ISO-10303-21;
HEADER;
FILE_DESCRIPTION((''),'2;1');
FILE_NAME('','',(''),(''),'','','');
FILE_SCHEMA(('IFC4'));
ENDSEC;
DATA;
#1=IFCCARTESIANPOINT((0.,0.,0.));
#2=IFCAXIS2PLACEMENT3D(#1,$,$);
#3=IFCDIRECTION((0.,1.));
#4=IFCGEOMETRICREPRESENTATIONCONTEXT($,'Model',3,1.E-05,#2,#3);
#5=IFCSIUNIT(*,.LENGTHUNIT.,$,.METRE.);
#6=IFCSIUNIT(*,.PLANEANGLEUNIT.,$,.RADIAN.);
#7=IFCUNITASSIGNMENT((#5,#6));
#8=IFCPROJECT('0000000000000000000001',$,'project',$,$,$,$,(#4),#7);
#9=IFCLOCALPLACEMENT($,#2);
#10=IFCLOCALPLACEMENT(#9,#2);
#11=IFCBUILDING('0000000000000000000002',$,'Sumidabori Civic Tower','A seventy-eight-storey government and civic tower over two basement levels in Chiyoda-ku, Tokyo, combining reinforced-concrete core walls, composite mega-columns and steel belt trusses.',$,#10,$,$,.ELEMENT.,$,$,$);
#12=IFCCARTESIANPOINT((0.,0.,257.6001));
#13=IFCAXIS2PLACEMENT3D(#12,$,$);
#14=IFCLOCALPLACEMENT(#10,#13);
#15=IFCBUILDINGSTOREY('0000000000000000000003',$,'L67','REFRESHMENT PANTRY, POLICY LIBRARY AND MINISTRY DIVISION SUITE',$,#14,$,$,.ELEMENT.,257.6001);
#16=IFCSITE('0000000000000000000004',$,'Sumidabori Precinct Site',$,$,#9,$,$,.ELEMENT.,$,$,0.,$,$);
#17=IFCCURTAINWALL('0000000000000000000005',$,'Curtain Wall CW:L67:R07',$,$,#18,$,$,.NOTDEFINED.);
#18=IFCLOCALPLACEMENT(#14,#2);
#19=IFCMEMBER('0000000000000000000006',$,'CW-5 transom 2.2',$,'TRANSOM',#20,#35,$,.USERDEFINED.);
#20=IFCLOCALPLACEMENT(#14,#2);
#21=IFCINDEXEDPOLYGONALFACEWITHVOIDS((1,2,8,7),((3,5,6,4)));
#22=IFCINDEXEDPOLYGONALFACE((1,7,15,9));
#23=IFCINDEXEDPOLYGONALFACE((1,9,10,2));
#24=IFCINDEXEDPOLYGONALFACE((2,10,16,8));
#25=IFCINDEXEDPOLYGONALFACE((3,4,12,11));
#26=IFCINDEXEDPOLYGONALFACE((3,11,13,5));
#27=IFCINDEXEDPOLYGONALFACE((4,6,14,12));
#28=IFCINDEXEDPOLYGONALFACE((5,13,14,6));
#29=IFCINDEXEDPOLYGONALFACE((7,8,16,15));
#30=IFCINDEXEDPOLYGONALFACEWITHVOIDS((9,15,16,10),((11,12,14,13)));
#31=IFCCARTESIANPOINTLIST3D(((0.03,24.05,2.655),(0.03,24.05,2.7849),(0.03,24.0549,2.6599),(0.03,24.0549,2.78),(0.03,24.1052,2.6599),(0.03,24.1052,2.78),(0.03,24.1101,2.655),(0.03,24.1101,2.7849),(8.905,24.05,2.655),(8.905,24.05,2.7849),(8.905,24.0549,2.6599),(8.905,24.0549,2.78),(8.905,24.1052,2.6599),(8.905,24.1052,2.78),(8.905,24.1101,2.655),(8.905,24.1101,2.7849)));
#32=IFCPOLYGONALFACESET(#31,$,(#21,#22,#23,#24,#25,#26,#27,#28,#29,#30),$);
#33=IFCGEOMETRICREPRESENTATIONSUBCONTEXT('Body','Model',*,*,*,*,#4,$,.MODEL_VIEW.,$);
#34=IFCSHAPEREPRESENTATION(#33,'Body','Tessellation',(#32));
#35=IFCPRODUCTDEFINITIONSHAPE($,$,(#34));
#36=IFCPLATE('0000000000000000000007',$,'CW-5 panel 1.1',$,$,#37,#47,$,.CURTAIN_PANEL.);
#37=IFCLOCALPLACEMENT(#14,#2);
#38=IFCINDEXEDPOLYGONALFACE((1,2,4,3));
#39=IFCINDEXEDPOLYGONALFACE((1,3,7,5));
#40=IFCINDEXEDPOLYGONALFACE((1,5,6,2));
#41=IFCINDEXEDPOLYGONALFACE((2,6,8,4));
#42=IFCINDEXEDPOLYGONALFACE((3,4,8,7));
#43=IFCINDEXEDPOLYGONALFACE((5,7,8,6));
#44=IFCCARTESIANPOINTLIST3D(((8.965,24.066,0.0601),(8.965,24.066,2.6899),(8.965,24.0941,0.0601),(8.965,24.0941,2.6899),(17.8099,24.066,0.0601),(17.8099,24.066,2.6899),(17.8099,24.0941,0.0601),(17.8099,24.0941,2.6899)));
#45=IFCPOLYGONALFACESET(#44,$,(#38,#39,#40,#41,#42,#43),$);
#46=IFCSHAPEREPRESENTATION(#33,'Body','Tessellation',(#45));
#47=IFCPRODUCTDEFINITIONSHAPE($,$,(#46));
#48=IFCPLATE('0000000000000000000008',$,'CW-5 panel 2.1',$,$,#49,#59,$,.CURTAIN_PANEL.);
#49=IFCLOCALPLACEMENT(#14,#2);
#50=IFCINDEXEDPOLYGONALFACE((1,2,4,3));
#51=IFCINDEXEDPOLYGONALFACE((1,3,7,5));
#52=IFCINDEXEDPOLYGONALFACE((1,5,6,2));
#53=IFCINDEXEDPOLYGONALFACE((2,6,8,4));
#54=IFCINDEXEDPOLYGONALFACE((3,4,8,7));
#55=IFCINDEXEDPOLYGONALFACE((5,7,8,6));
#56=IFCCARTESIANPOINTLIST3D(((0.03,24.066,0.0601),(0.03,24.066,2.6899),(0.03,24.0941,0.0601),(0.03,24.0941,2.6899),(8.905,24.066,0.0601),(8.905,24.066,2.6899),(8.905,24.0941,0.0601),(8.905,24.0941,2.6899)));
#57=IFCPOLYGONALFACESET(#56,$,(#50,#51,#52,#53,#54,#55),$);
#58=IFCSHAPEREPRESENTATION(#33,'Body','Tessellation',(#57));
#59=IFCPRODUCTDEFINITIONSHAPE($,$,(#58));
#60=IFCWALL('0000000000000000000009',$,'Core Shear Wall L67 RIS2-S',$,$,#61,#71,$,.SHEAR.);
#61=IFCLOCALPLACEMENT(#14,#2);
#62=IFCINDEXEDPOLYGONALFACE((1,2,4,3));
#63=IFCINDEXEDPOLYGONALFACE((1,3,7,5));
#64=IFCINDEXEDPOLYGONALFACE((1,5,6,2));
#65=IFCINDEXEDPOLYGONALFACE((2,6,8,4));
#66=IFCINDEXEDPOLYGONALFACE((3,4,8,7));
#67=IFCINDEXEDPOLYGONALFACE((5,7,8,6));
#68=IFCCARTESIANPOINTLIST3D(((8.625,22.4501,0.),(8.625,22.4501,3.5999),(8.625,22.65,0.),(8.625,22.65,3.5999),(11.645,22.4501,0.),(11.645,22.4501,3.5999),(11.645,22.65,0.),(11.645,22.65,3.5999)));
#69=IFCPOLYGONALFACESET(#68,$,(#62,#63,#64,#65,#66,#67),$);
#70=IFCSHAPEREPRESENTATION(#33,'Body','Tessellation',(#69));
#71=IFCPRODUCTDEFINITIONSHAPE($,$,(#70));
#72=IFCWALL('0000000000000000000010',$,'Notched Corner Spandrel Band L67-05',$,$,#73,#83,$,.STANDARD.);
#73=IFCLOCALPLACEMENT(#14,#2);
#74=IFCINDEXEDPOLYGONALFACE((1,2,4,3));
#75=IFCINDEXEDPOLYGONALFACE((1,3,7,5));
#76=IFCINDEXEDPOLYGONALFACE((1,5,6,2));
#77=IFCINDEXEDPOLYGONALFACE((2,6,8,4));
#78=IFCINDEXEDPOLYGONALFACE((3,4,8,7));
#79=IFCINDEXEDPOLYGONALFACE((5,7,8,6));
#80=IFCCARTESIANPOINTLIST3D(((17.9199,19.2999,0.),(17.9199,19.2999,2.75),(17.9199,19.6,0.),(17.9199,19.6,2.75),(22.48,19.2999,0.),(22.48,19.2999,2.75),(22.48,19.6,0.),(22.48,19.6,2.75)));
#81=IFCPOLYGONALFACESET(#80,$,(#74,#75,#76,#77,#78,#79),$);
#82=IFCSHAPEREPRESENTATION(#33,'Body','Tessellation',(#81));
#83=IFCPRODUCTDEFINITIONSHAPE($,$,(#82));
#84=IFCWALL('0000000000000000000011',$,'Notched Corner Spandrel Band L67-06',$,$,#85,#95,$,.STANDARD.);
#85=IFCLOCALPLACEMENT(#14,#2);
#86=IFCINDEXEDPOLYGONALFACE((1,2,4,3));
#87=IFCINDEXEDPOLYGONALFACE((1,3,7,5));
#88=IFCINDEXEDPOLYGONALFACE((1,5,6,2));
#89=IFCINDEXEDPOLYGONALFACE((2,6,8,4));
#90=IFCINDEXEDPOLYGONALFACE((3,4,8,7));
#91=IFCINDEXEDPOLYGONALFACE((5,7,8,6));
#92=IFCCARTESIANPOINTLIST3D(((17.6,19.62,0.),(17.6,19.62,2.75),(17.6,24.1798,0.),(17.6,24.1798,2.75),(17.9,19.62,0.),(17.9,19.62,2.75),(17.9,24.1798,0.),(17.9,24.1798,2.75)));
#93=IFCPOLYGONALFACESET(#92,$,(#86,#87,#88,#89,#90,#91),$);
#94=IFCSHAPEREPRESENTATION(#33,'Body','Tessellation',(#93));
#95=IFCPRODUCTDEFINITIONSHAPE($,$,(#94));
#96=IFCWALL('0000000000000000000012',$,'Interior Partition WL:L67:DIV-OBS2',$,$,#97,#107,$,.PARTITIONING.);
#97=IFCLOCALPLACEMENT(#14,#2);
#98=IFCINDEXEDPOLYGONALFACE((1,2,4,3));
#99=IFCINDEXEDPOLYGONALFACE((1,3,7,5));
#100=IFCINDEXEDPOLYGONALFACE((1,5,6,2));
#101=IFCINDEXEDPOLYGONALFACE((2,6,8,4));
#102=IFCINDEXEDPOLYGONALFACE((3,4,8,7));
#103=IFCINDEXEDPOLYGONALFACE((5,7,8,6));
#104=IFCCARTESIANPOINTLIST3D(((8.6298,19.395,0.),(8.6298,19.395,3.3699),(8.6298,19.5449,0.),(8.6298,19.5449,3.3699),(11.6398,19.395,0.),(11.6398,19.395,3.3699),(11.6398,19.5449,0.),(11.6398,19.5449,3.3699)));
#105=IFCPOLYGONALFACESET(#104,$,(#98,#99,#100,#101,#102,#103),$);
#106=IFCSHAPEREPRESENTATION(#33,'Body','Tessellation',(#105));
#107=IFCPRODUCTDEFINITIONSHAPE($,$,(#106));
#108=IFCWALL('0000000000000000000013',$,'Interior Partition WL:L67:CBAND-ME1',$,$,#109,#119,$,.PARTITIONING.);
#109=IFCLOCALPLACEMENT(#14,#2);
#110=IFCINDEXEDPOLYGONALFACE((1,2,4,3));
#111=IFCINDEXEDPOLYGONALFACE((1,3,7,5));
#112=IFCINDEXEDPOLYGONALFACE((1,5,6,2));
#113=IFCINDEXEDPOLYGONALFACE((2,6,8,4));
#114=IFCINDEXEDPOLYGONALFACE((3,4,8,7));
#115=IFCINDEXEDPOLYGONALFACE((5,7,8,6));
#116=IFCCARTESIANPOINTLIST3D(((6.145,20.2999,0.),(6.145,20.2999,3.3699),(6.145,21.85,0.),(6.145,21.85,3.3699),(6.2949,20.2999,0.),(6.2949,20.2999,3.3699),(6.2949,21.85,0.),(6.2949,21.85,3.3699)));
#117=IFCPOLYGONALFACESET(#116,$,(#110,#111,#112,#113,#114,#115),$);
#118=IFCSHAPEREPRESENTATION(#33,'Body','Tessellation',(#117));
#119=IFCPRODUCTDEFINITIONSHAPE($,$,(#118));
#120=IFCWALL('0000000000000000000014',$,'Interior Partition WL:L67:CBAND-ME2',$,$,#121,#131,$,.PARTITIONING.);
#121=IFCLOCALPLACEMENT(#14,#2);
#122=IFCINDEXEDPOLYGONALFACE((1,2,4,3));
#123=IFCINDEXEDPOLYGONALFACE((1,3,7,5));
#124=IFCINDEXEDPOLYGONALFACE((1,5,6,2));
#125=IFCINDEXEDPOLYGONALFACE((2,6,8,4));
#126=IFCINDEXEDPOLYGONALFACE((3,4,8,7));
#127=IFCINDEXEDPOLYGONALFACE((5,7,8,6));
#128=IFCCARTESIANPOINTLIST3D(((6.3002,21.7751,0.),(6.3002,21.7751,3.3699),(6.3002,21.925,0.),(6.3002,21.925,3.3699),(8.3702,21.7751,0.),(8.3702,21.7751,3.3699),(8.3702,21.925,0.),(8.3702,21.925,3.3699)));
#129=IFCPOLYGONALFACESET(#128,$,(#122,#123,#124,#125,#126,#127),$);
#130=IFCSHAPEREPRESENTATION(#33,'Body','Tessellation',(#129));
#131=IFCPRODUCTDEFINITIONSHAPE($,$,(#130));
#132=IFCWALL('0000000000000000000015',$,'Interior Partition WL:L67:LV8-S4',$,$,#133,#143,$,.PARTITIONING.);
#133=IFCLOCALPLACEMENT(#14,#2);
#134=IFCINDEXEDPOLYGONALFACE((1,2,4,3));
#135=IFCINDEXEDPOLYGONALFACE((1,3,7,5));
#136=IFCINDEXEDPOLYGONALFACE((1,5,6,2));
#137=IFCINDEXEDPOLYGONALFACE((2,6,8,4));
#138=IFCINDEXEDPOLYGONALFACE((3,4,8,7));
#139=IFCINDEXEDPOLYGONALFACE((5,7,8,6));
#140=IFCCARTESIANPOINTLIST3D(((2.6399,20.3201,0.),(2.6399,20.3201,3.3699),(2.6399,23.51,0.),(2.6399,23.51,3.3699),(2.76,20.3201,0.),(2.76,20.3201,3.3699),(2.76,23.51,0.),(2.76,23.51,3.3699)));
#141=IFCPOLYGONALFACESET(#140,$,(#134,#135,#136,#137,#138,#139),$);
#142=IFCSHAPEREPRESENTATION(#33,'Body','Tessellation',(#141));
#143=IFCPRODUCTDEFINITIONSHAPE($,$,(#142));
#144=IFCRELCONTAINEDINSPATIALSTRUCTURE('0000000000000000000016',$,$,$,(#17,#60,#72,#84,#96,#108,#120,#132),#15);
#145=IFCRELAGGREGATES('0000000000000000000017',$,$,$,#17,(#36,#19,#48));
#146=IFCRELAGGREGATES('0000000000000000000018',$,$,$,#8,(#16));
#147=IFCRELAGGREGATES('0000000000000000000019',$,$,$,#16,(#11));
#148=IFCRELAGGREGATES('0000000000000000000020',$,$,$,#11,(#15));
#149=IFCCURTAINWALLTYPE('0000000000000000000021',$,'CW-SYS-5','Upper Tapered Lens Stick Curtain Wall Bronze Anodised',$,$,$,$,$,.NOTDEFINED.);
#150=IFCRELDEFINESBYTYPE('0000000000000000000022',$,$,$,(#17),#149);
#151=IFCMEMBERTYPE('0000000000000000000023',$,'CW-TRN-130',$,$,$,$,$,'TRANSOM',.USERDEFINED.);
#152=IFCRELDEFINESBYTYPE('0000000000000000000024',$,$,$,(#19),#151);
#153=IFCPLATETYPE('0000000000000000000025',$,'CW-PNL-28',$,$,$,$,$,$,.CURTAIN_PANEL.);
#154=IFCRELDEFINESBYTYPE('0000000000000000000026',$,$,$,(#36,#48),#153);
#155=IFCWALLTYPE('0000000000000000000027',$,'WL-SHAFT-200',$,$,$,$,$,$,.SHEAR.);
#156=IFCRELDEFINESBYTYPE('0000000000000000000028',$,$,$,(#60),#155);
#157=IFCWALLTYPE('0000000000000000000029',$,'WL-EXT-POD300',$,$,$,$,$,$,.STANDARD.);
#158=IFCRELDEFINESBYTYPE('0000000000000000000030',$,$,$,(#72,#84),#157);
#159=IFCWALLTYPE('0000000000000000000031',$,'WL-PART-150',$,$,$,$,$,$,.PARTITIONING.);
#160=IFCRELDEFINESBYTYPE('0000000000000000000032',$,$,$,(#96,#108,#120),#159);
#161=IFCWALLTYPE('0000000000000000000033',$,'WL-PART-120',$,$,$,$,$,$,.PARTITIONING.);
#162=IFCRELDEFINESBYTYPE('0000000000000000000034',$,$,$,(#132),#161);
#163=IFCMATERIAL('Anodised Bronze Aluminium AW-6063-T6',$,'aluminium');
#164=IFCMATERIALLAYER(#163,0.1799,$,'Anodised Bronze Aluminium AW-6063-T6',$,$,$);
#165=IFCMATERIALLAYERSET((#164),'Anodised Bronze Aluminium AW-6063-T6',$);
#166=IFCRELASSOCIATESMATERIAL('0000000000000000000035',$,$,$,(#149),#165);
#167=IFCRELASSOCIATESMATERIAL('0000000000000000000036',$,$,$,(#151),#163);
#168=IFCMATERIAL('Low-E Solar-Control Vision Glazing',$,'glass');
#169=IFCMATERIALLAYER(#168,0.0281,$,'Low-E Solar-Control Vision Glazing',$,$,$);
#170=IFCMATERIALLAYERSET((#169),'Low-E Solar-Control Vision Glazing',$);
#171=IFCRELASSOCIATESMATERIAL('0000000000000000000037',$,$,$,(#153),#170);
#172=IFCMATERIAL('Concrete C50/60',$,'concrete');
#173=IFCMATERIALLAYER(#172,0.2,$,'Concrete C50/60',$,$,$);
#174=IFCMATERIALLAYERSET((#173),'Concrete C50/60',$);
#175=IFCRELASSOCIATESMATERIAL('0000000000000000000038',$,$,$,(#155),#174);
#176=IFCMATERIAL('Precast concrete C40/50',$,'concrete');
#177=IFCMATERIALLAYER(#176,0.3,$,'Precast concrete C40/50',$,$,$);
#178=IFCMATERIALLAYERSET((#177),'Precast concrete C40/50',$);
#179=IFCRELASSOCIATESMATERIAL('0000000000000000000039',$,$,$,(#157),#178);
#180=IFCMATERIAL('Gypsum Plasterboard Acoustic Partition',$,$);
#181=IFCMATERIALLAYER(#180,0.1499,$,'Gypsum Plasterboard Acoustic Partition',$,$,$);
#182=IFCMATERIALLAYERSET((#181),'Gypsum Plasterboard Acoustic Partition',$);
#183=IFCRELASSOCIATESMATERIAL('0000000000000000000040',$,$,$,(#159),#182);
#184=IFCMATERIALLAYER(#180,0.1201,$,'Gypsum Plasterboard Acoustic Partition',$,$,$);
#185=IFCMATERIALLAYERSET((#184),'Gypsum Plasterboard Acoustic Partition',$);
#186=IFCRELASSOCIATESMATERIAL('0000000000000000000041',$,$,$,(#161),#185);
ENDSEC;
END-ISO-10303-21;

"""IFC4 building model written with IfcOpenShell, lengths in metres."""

from ifc_helpers import new_model, si_unit, direction, frame, frame_2d, origin, origin_2d, place, context, subcontext, project, spatial, rectangle, hollow_rectangle, extrude, source, transform, mapped, material, layer, layer_set, material_profile, profile_set, type_object, element, aggregate, save


model = new_model("IFC4")

# Units and contexts
model_context = context("Model", 3, precision=1e-05, world=origin(), true_north=direction((0.0, 1.0)))
body_context = subcontext(model_context, "Body", "Model", "MODEL_VIEW")
ifc_project = project(units=[si_unit("LENGTHUNIT", "METRE"), si_unit("PLANEANGLEUNIT", "RADIAN")], contexts=[model_context])

# Site, building, storey
site_placement = place(None, origin())
site = spatial("IfcSite", under=ifc_project, at=site_placement, Name="Sumidabori Precinct Site", CompositionType="ELEMENT", RefElevation=0.0)
building_placement = place(site_placement, origin())
building = spatial("IfcBuilding", under=site, at=building_placement, Name="Sumidabori Civic Tower", Description="A seventy-eight-storey government and civic tower over two basement levels in Chiyoda-ku, Tokyo, combining reinforced-concrete core walls, composite mega-columns and steel belt trusses.", CompositionType="ELEMENT")
storey_placement = place(building_placement, frame((0.0, 0.0, 257.6001)))
storey = spatial("IfcBuildingStorey", under=building, at=storey_placement, Name="L67", Description="REFRESHMENT PANTRY, POLICY LIBRARY AND MINISTRY DIVISION SUITE", CompositionType="ELEMENT", Elevation=257.6001)

# Shared definitions
ifc_material_1 = material(Name="Anodised Bronze Aluminium AW-6063-T6", Category="aluminium")
ifc_layer_1 = layer(ifc_material_1, 0.1799, Name="Anodised Bronze Aluminium AW-6063-T6")
ifc_layer_set_1 = layer_set([ifc_layer_1], Name="Anodised Bronze Aluminium AW-6063-T6")
curtain_wall_type = type_object("IfcCurtainWallType", Name="CW-SYS-5", Description="Upper Tapered Lens Stick Curtain Wall Bronze Anodised", PredefinedType="NOTDEFINED", material=ifc_layer_set_1)

# Curtain wall, member, plates
curtain_wall_1_placement = place(storey_placement, origin())
curtain_wall_1 = element("IfcCurtainWall", 1, at=curtain_wall_1_placement, inside=storey, type_object=curtain_wall_type, Name="Curtain Wall CW:L67:R07", PredefinedType="NOTDEFINED")
ifc_material_profile_1 = material_profile(ifc_material_1, hollow_rectangle(XDim=0.0601, YDim=0.1299, WallThickness=0.0049, at=origin_2d()), Name="ALU TRANSOM 130x60")
ifc_profile_set_1 = profile_set([ifc_material_profile_1], Name="Anodised Bronze Aluminium AW-6063-T6")
member_type_1 = type_object("IfcMemberType", Name="CW-TRN-130", ElementType="TRANSOM", PredefinedType="USERDEFINED", material=ifc_profile_set_1)
shared_shape_1 = source(origin(), body_context, "Body", "SweptSolid", [
    extrude(hollow_rectangle(XDim=0.0601, YDim=0.1299, WallThickness=0.0049, at=origin_2d()), origin(), (0.0, 0.0, 1.0), 8.875),
])
member_1_placement = place(storey_placement, frame((8.905, 24.0801, 2.72), z_axis=(-1.0, 0.0, 0.0), x_axis=(0.0, -1.0, 0.0)))
member_1 = element("IfcMember", 2, at=member_1_placement, type_object=member_type_1, Name="CW-5 transom 2.2", ObjectType="TRANSOM", PredefinedType="USERDEFINED", context=body_context, shape_type="MappedRepresentation", body=[
    mapped(shared_shape_1, transform((0.0, 0.0, 0.0), x_axis=(1.0, 0.0, 0.0), y_axis=(0.0, 1.0, 0.0), z_axis=(0.0, 0.0, 1.0), scale=1.0)),
])
ifc_material_2 = material(Name="Low-E Solar-Control Vision Glazing", Category="glass")
ifc_layer_2 = layer(ifc_material_2, 0.0281, Name="Low-E Solar-Control Vision Glazing")
ifc_layer_set_2 = layer_set([ifc_layer_2], Name="Low-E Solar-Control Vision Glazing")
plate_type = type_object("IfcPlateType", Name="CW-PNL-28", PredefinedType="CURTAIN_PANEL", material=ifc_layer_set_2)
shared_shape_2 = source(origin(), body_context, "Body", "SweptSolid", [
    extrude(rectangle(XDim=8.845, YDim=0.0281, at=origin_2d()), origin(), (0.0, 0.0, 1.0), 2.6299),
])
plate_1_placement = place(storey_placement, frame((13.3875, 24.0801, 0.0601), z_axis=(0.0, 0.0, 1.0), x_axis=(-1.0, 0.0, 0.0)))
plate_1 = element("IfcPlate", 3, at=plate_1_placement, type_object=plate_type, Name="CW-5 panel 1.1", PredefinedType="CURTAIN_PANEL", context=body_context, shape_type="MappedRepresentation", body=[
    mapped(shared_shape_2, transform((0.0, 0.0, 0.0), x_axis=(1.0, 0.0, 0.0), y_axis=(0.0, 1.0, 0.0), z_axis=(0.0, 0.0, 1.0), scale=1.0)),
])
shared_shape_3 = source(origin(), body_context, "Body", "SweptSolid", [
    extrude(rectangle(XDim=8.875, YDim=0.0281, at=origin_2d()), origin(), (0.0, 0.0, 1.0), 2.6299),
])
plate_2_placement = place(storey_placement, frame((4.4675, 24.0801, 0.0601), z_axis=(0.0, 0.0, 1.0), x_axis=(-1.0, 0.0, 0.0)))
plate_2 = element("IfcPlate", 4, at=plate_2_placement, type_object=plate_type, Name="CW-5 panel 2.1", PredefinedType="CURTAIN_PANEL", context=body_context, shape_type="MappedRepresentation", body=[
    mapped(shared_shape_3, transform((0.0, 0.0, 0.0), x_axis=(1.0, 0.0, 0.0), y_axis=(0.0, 1.0, 0.0), z_axis=(0.0, 0.0, 1.0), scale=1.0)),
])
aggregate(curtain_wall_1, [plate_1, member_1, plate_2])

# Walls
ifc_material_3 = material(Name="Concrete C50/60", Category="concrete")
ifc_layer_3 = layer(ifc_material_3, 0.2, Name="Concrete C50/60")
ifc_layer_set_3 = layer_set([ifc_layer_3], Name="Concrete C50/60")
wall_type_1 = type_object("IfcWallType", Name="WL-SHAFT-200", PredefinedType="SHEAR", material=ifc_layer_set_3)
shared_shape_4 = source(origin(), body_context, "Body", "SweptSolid", [
    extrude(rectangle(XDim=3.02, YDim=0.2, at=frame_2d((1.51, 0.0))), origin(), (0.0, 0.0, 1.0), 3.5999),
])
wall_1_placement = place(storey_placement, frame((8.625, 22.55, 0.0), z_axis=(0.0, 0.0, 1.0), x_axis=(1.0, 0.0, 0.0)))
element("IfcWall", 5, at=wall_1_placement, inside=storey, type_object=wall_type_1, Name="Core Shear Wall L67 RIS2-S", PredefinedType="SHEAR", context=body_context, shape_type="MappedRepresentation", body=[
    mapped(shared_shape_4, transform((0.0, 0.0, 0.0), x_axis=(1.0, 0.0, 0.0), y_axis=(0.0, 1.0, 0.0), z_axis=(0.0, 0.0, 1.0), scale=1.0)),
])
ifc_material_4 = material(Name="Precast concrete C40/50", Category="concrete")
ifc_layer_4 = layer(ifc_material_4, 0.3, Name="Precast concrete C40/50")
ifc_layer_set_4 = layer_set([ifc_layer_4], Name="Precast concrete C40/50")
wall_type_2 = type_object("IfcWallType", Name="WL-EXT-POD300", PredefinedType="STANDARD", material=ifc_layer_set_4)
shared_shape_5 = source(origin(), body_context, "Body", "SweptSolid", [
    extrude(rectangle(XDim=4.5601, YDim=0.3, at=frame_2d((2.28, 0.0))), origin(), (0.0, 0.0, 1.0), 2.75),
])
wall_2_placement = place(storey_placement, frame((22.48, 19.45, 0.0), z_axis=(0.0, 0.0, 1.0), x_axis=(-1.0, 0.0, 0.0)))
element("IfcWall", 6, at=wall_2_placement, inside=storey, type_object=wall_type_2, Name="Notched Corner Spandrel Band L67-05", PredefinedType="STANDARD", context=body_context, shape_type="MappedRepresentation", body=[
    mapped(shared_shape_5, transform((0.0, 0.0, 0.0), x_axis=(1.0, 0.0, 0.0), y_axis=(0.0, 1.0, 0.0), z_axis=(0.0, 0.0, 1.0), scale=1.0)),
])
shared_shape_6 = source(origin(), body_context, "Body", "SweptSolid", [
    extrude(rectangle(XDim=4.5598, YDim=0.3, at=frame_2d((2.2798, 0.0))), origin(), (0.0, 0.0, 1.0), 2.75),
])
wall_3_placement = place(storey_placement, frame((17.75, 19.6201, 0.0), z_axis=(0.0, 0.0, 1.0), x_axis=(0.0, 1.0, 0.0)))
element("IfcWall", 7, at=wall_3_placement, inside=storey, type_object=wall_type_2, Name="Notched Corner Spandrel Band L67-06", PredefinedType="STANDARD", context=body_context, shape_type="MappedRepresentation", body=[
    mapped(shared_shape_6, transform((0.0, 0.0, 0.0), x_axis=(1.0, 0.0, 0.0), y_axis=(0.0, 1.0, 0.0), z_axis=(0.0, 0.0, 1.0), scale=1.0)),
])
ifc_material_5 = material(Name="Gypsum Plasterboard Acoustic Partition")
ifc_layer_5 = layer(ifc_material_5, 0.1499, Name="Gypsum Plasterboard Acoustic Partition")
ifc_layer_set_5 = layer_set([ifc_layer_5], Name="Gypsum Plasterboard Acoustic Partition")
wall_type_3 = type_object("IfcWallType", Name="WL-PART-150", PredefinedType="PARTITIONING", material=ifc_layer_set_5)
shared_shape_7 = source(origin(), body_context, "Body", "SweptSolid", [
    extrude(rectangle(XDim=3.01, YDim=0.1499, at=frame_2d((1.5049, 0.0))), origin(), (0.0, 0.0, 1.0), 3.3699),
])
wall_4_placement = place(storey_placement, frame((8.6299, 19.47, 0.0), z_axis=(0.0, 0.0, 1.0), x_axis=(1.0, 0.0, 0.0)))
element("IfcWall", 8, at=wall_4_placement, inside=storey, type_object=wall_type_3, Name="Interior Partition WL:L67:DIV-OBS2", PredefinedType="PARTITIONING", context=body_context, shape_type="MappedRepresentation", body=[
    mapped(shared_shape_7, transform((0.0, 0.0, 0.0), x_axis=(1.0, 0.0, 0.0), y_axis=(0.0, 1.0, 0.0), z_axis=(0.0, 0.0, 1.0), scale=1.0)),
])
shared_shape_8 = source(origin(), body_context, "Body", "SweptSolid", [
    extrude(rectangle(XDim=1.55, YDim=0.1499, at=frame_2d((0.7749, 0.0))), origin(), (0.0, 0.0, 1.0), 3.3699),
])
wall_5_placement = place(storey_placement, frame((6.22, 20.3, 0.0), z_axis=(0.0, 0.0, 1.0), x_axis=(0.0, 1.0, 0.0)))
element("IfcWall", 9, at=wall_5_placement, inside=storey, type_object=wall_type_3, Name="Interior Partition WL:L67:CBAND-ME1", PredefinedType="PARTITIONING", context=body_context, shape_type="MappedRepresentation", body=[
    mapped(shared_shape_8, transform((0.0, 0.0, 0.0), x_axis=(1.0, 0.0, 0.0), y_axis=(0.0, 1.0, 0.0), z_axis=(0.0, 0.0, 1.0), scale=1.0)),
])
shared_shape_9 = source(origin(), body_context, "Body", "SweptSolid", [
    extrude(rectangle(XDim=2.0701, YDim=0.1499, at=frame_2d((1.0352, 0.0))), origin(), (0.0, 0.0, 1.0), 3.3699),
])
wall_6_placement = place(storey_placement, frame((6.3, 21.8501, 0.0), z_axis=(0.0, 0.0, 1.0), x_axis=(1.0, 0.0, 0.0)))
element("IfcWall", 10, at=wall_6_placement, inside=storey, type_object=wall_type_3, Name="Interior Partition WL:L67:CBAND-ME2", PredefinedType="PARTITIONING", context=body_context, shape_type="MappedRepresentation", body=[
    mapped(shared_shape_9, transform((0.0, 0.0, 0.0), x_axis=(1.0, 0.0, 0.0), y_axis=(0.0, 1.0, 0.0), z_axis=(0.0, 0.0, 1.0), scale=1.0)),
])
ifc_layer_6 = layer(ifc_material_5, 0.1201, Name="Gypsum Plasterboard Acoustic Partition")
ifc_layer_set_6 = layer_set([ifc_layer_6], Name="Gypsum Plasterboard Acoustic Partition")
wall_type_4 = type_object("IfcWallType", Name="WL-PART-120", PredefinedType="PARTITIONING", material=ifc_layer_set_6)
shared_shape_10 = source(origin(), body_context, "Body", "SweptSolid", [
    extrude(rectangle(XDim=3.1899, YDim=0.1201, at=frame_2d((1.595, 0.0))), origin(), (0.0, 0.0, 1.0), 3.3699),
])
wall_7_placement = place(storey_placement, frame((2.7, 20.3201, 0.0), z_axis=(0.0, 0.0, 1.0), x_axis=(0.0, 1.0, 0.0)))
element("IfcWall", 11, at=wall_7_placement, inside=storey, type_object=wall_type_4, Name="Interior Partition WL:L67:LV8-S4", PredefinedType="PARTITIONING", context=body_context, shape_type="MappedRepresentation", body=[
    mapped(shared_shape_10, transform((0.0, 0.0, 0.0), x_axis=(1.0, 0.0, 0.0), y_axis=(0.0, 1.0, 0.0), z_axis=(0.0, 0.0, 1.0), scale=1.0)),
])

save(model, "model.ifc")
